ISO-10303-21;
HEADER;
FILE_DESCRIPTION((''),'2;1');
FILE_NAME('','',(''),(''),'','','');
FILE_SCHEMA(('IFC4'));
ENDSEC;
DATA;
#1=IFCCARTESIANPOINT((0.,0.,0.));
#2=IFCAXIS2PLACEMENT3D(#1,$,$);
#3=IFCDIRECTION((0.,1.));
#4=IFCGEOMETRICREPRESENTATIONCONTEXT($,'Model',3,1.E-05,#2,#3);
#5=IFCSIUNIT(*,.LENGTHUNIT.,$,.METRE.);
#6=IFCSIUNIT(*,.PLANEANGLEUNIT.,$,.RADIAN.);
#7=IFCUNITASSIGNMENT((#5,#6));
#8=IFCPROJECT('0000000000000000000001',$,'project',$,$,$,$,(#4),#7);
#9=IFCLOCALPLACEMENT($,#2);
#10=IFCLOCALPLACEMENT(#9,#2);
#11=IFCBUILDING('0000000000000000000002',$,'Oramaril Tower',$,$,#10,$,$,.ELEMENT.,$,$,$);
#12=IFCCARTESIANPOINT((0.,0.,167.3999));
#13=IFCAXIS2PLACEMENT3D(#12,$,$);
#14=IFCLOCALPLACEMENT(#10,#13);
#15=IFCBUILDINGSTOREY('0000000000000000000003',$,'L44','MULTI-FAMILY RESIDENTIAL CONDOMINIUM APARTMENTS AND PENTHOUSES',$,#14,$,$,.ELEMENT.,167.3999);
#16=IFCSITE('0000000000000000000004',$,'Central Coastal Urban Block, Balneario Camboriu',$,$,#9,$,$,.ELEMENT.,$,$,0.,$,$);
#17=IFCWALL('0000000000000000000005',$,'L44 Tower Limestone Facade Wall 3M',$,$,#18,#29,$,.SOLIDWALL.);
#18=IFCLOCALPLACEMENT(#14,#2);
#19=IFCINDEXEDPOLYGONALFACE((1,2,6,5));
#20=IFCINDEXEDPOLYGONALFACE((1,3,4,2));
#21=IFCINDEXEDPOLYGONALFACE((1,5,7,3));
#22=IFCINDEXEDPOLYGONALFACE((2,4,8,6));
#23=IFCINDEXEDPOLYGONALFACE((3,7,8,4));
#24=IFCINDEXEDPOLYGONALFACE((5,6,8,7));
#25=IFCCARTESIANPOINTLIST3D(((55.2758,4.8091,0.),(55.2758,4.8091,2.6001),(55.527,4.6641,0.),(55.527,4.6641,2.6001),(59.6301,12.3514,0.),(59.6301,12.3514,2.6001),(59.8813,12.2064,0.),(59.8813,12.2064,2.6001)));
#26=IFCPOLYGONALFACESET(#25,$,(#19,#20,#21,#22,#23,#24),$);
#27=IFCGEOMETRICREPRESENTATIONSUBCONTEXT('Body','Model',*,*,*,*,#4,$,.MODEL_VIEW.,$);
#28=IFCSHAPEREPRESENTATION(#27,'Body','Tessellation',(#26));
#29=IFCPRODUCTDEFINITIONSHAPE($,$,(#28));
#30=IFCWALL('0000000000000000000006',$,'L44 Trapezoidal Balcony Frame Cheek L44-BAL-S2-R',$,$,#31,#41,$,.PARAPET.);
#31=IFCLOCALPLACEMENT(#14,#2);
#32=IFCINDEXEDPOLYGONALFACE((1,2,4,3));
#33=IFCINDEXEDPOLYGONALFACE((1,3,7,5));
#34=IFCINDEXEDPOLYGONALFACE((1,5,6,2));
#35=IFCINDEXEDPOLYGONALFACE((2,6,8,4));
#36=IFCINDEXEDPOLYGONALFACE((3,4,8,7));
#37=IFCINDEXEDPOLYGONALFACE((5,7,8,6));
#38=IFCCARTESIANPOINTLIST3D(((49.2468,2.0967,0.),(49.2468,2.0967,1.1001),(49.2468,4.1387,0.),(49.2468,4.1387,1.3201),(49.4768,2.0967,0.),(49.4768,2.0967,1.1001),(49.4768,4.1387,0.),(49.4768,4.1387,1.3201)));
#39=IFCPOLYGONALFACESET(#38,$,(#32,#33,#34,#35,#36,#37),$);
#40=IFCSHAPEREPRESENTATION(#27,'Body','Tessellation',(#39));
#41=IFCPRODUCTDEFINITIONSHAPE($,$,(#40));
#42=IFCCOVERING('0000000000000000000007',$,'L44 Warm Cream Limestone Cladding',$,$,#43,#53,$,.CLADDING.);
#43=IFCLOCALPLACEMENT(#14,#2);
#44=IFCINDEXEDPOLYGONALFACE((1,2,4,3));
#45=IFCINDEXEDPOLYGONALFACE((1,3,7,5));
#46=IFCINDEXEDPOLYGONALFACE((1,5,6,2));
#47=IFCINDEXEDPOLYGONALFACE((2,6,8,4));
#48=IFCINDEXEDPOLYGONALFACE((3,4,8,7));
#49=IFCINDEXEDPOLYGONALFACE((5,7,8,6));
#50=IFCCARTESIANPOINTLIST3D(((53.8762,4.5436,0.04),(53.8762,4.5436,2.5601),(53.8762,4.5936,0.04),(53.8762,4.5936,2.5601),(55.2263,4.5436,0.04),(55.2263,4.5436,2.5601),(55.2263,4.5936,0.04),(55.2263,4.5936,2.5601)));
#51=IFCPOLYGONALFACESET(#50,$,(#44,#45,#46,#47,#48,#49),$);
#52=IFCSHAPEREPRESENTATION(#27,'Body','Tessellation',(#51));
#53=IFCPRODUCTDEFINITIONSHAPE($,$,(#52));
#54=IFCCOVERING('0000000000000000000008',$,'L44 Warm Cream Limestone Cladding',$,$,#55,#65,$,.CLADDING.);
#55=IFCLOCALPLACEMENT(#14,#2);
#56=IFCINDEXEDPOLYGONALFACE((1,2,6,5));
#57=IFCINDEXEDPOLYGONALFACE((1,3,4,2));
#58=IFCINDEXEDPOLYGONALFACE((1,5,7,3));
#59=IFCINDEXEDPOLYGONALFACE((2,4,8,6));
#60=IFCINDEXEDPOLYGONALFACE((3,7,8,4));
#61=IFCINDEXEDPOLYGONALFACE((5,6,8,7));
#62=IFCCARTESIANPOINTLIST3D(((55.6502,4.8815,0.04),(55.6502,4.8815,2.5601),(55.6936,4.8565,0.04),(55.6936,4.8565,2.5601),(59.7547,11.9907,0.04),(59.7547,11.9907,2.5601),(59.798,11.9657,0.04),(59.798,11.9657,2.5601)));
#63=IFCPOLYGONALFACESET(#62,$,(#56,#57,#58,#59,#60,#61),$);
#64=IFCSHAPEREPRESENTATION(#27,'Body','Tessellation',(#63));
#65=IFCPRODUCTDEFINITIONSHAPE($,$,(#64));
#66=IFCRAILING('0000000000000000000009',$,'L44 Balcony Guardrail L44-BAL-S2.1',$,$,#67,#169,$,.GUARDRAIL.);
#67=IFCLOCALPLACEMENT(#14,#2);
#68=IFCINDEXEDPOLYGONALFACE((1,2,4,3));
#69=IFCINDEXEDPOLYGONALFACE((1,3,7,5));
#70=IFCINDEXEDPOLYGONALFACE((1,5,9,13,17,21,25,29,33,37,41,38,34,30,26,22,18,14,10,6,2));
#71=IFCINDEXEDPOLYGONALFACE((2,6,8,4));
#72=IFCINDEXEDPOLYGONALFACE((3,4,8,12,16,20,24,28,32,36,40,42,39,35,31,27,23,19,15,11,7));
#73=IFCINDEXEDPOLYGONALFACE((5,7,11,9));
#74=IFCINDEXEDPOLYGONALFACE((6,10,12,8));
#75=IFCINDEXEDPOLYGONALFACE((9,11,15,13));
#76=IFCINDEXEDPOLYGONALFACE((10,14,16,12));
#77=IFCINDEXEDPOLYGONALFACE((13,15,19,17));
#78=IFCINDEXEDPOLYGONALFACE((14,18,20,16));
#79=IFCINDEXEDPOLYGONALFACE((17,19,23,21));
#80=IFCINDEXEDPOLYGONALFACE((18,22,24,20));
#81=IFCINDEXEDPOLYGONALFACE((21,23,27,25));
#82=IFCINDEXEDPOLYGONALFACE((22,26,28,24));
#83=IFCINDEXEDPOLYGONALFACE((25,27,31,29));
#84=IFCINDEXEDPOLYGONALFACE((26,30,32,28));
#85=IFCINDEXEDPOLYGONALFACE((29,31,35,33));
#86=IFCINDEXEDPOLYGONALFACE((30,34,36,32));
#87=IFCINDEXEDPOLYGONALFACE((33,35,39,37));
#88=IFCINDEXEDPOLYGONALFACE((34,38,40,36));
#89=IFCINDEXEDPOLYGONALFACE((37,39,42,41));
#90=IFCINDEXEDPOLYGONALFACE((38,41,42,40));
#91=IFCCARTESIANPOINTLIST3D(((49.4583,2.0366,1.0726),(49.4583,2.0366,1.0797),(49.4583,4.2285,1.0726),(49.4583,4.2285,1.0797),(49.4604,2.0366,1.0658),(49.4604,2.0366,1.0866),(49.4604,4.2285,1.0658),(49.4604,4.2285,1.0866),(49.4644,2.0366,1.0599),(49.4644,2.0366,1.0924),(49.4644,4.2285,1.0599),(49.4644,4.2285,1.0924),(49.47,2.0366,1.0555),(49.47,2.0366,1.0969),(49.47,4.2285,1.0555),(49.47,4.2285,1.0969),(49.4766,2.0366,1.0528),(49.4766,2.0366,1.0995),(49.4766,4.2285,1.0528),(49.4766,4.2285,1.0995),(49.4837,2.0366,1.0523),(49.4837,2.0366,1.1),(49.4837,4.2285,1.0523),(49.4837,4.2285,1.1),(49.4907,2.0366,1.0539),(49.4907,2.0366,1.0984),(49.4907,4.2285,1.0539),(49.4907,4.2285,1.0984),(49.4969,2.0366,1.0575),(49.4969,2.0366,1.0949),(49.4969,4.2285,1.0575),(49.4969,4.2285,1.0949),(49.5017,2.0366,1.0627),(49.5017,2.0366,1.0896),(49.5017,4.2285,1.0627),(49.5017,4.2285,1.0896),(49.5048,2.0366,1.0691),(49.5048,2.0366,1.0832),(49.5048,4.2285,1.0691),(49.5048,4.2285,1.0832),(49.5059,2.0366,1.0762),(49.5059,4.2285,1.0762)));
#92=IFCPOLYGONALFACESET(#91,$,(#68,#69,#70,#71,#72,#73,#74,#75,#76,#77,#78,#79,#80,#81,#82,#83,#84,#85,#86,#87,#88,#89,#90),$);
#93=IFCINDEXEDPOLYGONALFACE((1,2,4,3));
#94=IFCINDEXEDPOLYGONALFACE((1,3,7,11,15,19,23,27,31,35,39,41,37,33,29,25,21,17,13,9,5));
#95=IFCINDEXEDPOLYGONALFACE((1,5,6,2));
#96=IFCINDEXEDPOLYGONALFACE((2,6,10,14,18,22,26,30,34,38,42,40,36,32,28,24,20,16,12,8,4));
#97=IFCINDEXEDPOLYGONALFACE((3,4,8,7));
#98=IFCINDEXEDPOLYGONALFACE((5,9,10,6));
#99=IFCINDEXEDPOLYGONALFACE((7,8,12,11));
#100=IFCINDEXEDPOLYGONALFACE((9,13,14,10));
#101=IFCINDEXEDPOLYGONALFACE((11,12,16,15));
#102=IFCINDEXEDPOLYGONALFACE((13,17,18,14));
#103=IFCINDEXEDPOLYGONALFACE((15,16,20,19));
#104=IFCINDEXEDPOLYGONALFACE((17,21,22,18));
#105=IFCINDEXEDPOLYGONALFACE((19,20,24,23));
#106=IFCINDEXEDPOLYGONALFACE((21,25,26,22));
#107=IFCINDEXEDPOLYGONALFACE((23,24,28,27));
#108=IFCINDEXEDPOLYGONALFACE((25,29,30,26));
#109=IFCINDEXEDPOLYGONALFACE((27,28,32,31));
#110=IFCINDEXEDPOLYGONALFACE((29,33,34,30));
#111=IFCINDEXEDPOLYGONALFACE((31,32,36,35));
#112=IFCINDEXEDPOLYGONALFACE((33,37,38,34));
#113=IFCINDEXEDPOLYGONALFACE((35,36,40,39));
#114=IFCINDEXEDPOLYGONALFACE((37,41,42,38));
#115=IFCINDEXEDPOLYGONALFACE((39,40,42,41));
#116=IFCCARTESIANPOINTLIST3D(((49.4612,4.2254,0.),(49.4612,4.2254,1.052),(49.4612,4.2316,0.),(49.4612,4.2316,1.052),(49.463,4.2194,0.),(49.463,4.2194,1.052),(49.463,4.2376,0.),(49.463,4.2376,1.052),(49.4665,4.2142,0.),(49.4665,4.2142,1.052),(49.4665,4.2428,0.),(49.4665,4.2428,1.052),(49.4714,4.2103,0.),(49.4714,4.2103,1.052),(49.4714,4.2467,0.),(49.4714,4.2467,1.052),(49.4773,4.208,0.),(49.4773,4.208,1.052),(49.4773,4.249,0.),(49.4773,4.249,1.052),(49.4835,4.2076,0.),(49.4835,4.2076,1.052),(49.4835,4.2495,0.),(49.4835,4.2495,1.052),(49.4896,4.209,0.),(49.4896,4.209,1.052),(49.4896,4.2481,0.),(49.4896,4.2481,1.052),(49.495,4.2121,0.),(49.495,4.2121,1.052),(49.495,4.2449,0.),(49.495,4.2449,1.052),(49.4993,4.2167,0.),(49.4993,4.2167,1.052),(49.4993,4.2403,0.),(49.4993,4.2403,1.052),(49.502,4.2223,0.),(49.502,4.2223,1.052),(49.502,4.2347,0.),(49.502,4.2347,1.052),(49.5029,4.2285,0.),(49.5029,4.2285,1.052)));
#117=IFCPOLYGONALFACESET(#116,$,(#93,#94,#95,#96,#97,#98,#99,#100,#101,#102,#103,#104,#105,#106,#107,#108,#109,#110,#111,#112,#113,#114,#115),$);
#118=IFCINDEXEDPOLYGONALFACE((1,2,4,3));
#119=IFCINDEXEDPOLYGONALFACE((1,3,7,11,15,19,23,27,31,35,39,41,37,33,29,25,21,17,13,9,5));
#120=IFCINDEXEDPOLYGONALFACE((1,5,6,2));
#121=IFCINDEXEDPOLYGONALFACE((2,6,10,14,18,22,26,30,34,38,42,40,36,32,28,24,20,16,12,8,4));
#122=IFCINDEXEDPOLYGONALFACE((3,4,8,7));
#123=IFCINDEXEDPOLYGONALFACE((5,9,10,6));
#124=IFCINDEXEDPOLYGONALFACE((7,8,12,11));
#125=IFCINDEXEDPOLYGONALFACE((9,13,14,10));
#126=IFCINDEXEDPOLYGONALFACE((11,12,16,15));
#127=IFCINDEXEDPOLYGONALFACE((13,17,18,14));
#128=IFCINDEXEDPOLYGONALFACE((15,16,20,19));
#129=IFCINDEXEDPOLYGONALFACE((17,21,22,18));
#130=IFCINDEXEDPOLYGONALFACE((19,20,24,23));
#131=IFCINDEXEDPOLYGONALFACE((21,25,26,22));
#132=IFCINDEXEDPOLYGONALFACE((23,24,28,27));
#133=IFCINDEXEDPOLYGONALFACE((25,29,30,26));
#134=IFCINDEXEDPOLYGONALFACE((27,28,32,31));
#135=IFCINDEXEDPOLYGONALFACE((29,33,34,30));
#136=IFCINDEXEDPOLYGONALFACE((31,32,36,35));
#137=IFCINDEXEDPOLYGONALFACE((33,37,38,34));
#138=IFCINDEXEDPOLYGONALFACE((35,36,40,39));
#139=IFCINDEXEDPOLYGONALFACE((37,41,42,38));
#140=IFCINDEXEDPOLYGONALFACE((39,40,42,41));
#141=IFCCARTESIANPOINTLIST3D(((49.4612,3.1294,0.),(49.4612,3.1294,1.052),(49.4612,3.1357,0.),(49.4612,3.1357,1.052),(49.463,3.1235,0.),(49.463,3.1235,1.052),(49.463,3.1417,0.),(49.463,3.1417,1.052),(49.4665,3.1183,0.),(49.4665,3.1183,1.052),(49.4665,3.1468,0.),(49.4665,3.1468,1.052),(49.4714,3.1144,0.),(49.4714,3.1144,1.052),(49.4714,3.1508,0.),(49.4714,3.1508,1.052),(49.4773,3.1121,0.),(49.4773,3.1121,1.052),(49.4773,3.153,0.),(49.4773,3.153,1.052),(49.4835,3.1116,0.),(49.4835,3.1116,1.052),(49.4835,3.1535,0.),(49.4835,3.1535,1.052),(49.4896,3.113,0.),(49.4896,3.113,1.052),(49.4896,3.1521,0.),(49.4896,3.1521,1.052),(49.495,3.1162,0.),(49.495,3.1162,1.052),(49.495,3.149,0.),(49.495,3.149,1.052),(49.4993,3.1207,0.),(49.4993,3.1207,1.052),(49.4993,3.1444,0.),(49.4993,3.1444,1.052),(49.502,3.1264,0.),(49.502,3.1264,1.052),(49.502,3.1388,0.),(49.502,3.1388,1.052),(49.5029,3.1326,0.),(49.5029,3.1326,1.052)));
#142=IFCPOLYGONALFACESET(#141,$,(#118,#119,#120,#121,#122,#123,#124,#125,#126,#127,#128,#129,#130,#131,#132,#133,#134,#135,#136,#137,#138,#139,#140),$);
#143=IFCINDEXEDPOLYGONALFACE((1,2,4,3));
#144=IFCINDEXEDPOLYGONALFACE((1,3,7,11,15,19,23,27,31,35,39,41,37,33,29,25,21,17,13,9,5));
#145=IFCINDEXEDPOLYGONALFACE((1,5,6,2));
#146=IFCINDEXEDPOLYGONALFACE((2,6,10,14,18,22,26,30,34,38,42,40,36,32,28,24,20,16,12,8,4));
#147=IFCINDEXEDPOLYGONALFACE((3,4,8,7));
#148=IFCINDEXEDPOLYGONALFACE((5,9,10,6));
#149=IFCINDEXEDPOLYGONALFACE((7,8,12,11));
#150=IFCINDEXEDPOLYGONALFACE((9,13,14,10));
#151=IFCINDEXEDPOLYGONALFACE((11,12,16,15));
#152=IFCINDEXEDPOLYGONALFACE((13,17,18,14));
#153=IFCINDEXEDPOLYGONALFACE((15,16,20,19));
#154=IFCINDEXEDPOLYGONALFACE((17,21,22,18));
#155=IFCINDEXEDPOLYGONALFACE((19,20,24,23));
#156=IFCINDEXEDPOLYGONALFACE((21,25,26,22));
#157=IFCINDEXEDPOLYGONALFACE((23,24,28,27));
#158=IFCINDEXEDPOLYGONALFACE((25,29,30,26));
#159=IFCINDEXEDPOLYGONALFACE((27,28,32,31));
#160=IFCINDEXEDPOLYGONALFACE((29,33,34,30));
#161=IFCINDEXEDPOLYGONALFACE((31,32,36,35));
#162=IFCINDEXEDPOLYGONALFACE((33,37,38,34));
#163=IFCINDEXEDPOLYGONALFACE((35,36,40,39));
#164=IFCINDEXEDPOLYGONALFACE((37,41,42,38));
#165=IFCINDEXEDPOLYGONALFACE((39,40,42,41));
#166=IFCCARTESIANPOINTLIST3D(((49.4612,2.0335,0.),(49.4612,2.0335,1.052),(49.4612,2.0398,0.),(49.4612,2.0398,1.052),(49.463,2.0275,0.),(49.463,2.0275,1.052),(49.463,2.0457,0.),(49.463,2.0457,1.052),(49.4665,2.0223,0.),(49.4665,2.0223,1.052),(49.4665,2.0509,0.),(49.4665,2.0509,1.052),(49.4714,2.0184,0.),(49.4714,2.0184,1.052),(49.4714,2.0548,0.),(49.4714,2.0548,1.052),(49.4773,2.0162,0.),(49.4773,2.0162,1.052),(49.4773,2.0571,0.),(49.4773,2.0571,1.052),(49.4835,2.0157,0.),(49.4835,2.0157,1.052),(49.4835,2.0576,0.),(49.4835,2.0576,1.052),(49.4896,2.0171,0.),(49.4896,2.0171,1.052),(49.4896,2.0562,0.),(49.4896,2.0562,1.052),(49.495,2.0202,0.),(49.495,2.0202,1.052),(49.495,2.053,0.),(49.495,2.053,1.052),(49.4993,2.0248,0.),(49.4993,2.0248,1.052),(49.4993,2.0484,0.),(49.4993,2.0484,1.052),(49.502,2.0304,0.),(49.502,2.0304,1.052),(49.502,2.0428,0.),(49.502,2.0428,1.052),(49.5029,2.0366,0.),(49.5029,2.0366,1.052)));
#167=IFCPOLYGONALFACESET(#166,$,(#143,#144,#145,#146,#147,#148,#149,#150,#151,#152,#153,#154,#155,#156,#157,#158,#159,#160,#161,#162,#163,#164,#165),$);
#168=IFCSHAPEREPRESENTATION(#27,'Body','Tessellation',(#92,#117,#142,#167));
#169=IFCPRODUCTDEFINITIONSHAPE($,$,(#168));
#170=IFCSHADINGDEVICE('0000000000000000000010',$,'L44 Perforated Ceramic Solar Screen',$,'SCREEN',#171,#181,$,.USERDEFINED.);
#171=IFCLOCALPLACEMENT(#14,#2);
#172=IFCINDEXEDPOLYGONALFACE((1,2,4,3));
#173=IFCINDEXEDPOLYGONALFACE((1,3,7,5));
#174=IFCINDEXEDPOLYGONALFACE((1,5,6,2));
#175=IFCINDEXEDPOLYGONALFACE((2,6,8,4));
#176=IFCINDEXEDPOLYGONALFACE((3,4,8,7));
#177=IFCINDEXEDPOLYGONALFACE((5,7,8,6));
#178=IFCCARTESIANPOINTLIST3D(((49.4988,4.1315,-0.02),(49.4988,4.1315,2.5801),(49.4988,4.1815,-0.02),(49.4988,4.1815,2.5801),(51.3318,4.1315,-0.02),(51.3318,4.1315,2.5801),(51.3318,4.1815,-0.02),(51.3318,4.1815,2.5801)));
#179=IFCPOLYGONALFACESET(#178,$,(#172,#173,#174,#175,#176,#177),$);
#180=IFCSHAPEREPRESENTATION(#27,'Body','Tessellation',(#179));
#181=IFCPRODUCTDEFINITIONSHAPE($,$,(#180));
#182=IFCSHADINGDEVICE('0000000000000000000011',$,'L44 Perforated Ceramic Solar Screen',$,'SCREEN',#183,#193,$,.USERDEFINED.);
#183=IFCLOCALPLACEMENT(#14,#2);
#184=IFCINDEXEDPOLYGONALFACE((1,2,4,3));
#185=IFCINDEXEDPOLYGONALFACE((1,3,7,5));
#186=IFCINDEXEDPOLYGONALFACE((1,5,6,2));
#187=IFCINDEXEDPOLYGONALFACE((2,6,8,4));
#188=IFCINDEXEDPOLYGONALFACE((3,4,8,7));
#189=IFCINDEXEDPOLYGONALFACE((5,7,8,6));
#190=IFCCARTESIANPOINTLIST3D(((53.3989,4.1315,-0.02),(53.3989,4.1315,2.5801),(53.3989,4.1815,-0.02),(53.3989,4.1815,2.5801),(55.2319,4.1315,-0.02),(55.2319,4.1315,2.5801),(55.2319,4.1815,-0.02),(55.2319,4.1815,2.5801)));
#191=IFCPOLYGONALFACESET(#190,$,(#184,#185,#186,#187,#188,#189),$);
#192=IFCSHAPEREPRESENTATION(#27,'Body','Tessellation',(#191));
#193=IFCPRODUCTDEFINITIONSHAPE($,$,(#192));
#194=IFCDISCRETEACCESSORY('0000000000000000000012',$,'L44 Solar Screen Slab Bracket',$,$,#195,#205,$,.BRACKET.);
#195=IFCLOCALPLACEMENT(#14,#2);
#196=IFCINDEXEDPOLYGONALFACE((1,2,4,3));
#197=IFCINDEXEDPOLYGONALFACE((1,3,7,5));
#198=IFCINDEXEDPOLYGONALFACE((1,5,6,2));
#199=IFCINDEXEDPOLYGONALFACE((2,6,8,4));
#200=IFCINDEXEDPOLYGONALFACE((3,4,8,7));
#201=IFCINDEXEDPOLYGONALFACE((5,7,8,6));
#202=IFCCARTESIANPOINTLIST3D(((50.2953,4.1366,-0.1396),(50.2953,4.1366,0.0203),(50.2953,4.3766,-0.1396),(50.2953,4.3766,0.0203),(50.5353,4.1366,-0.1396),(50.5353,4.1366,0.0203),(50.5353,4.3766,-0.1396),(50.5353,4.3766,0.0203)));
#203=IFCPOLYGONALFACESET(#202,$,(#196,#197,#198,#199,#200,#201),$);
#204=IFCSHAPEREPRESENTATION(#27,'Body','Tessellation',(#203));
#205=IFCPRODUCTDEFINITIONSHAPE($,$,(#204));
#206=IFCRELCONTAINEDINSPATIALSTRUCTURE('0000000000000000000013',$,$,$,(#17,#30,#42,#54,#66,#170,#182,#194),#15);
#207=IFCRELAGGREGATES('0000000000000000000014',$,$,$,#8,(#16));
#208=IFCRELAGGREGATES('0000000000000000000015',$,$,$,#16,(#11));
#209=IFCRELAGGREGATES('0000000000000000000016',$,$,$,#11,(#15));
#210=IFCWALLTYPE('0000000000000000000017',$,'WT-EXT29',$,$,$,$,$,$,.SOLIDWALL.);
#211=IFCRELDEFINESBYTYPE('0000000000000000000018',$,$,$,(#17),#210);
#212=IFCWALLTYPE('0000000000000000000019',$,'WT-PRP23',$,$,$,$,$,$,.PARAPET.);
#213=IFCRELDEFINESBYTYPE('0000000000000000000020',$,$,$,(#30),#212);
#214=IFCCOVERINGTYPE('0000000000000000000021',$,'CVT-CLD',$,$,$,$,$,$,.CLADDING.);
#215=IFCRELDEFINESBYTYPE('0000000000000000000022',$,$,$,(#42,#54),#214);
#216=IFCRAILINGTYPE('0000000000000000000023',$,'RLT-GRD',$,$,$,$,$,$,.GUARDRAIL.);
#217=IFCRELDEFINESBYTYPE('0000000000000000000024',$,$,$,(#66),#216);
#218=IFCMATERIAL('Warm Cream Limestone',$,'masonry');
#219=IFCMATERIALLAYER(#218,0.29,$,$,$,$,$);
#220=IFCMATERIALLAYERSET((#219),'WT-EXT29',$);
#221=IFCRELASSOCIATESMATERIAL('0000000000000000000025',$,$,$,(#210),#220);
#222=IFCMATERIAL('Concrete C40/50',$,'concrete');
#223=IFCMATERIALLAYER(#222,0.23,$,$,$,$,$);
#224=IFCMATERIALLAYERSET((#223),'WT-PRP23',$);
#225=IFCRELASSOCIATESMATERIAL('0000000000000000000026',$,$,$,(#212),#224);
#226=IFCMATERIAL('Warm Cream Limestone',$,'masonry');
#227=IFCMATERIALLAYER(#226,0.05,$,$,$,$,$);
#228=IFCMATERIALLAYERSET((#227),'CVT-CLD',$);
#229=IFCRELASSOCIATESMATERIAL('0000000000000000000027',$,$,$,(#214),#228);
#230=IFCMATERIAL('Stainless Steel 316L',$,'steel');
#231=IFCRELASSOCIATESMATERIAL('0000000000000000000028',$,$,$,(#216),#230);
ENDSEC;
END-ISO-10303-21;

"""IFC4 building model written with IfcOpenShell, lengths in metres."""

from ifc_helpers import new_model, si_unit, direction, frame, frame_2d, origin, origin_2d, place, context, subcontext, project, spatial, polyline, rectangle, circle, outline, extrude, material, layer, layer_set, type_object, element, save


model = new_model("IFC4")

# Units and contexts
model_context = context("Model", 3, precision=1e-05, world=origin(), true_north=direction((0.0, 1.0)))
body_context = subcontext(model_context, "Body", "Model", "MODEL_VIEW")
ifc_project = project(units=[si_unit("LENGTHUNIT", "METRE"), si_unit("PLANEANGLEUNIT", "RADIAN")], contexts=[model_context])

# Site, building, storey
site_placement = place(None, origin())
site = spatial("IfcSite", under=ifc_project, at=site_placement, Name="Central Coastal Urban Block, Balneario Camboriu", CompositionType="ELEMENT", RefElevation=0.0)
building_placement = place(site_placement, origin())
building = spatial("IfcBuilding", under=site, at=building_placement, Name="Oramaril Tower", CompositionType="ELEMENT")
storey_placement = place(building_placement, frame((0.0, 0.0, 167.3999)))
storey = spatial("IfcBuildingStorey", under=building, at=storey_placement, Name="L44", Description="MULTI-FAMILY RESIDENTIAL CONDOMINIUM APARTMENTS AND PENTHOUSES", CompositionType="ELEMENT", Elevation=167.3999)

# Walls
ifc_material_1 = material(Name="Warm Cream Limestone", Category="masonry")
ifc_layer_1 = layer(ifc_material_1, 0.29)
ifc_layer_set_1 = layer_set([ifc_layer_1], Name="WT-EXT29")
wall_type_1 = type_object("IfcWallType", Name="WT-EXT29", PredefinedType="SOLIDWALL", material=ifc_layer_set_1)
wall_1_placement = place(storey_placement, frame((55.4014, 4.7366, 0.0), z_axis=(0.0, 0.0, 1.0), x_axis=(0.499977, 0.866039, 0.0)))
element("IfcWall", 1, at=wall_1_placement, inside=storey, type_object=wall_type_1, Name="L44 Tower Limestone Facade Wall 3M", PredefinedType="SOLIDWALL", context=body_context, shape_type="SweptSolid", body=[
    extrude(rectangle(XDim=8.709, YDim=0.29, at=frame_2d((4.3545, 0.0))), origin(), (0.0, 0.0, 1.0), 2.6001),
])
ifc_material_2 = material(Name="Concrete C40/50", Category="concrete")
ifc_layer_2 = layer(ifc_material_2, 0.23)
ifc_layer_set_2 = layer_set([ifc_layer_2], Name="WT-PRP23")
wall_type_2 = type_object("IfcWallType", Name="WT-PRP23", PredefinedType="PARAPET", material=ifc_layer_set_2)
wall_2_placement = place(storey_placement, frame((49.3618, 4.1387, 0.0), z_axis=(0.0, 0.0, 1.0), x_axis=(0.0, -1.0, 0.0)))
element("IfcWall", 2, at=wall_2_placement, inside=storey, type_object=wall_type_2, Name="L44 Trapezoidal Balcony Frame Cheek L44-BAL-S2-R", PredefinedType="PARAPET", context=body_context, shape_type="SweptSolid", body=[
    extrude(outline(polyline([(0.0, 0.0), (2.042, 0.0), (2.042, 1.1001), (0.0, 1.3201), (0.0, 0.0)])), frame((0.0, 0.115, 0.0), z_axis=(0.0, -1.0, 0.0), x_axis=(1.0, 0.0, 0.0)), (0.0, 0.0, 1.0), 0.23),
])

# Coverings
ifc_material_3 = material(Name="Warm Cream Limestone", Category="masonry")
ifc_layer_3 = layer(ifc_material_3, 0.05)
ifc_layer_set_3 = layer_set([ifc_layer_3], Name="CVT-CLD")
covering_type = type_object("IfcCoveringType", Name="CVT-CLD", PredefinedType="CLADDING", material=ifc_layer_set_3)
covering_1_placement = place(storey_placement, frame((54.5513, 4.5686, 0.04), z_axis=(0.0, 0.0, 1.0), x_axis=(1.0, 0.0, 0.0)))
element("IfcCovering", 3, at=covering_1_placement, inside=storey, type_object=covering_type, Name="L44 Warm Cream Limestone Cladding", PredefinedType="CLADDING", context=body_context, shape_type="SweptSolid", body=[
    extrude(rectangle(XDim=1.3501, YDim=0.05, at=origin_2d()), origin(), (0.0, 0.0, 1.0), 2.52),
])
covering_2_placement = place(storey_placement, frame((57.7241, 8.4236, 0.04), z_axis=(0.0, 0.0, 1.0), x_axis=(0.499997, 0.866027, 0.0)))
element("IfcCovering", 4, at=covering_2_placement, inside=storey, type_object=covering_type, Name="L44 Warm Cream Limestone Cladding", PredefinedType="CLADDING", context=body_context, shape_type="SweptSolid", body=[
    extrude(rectangle(XDim=8.209, YDim=0.05, at=origin_2d()), origin(), (0.0, 0.0, 1.0), 2.52),
])

# Railing
ifc_material_4 = material(Name="Stainless Steel 316L", Category="steel")
railing_type = type_object("IfcRailingType", Name="RLT-GRD", PredefinedType="GUARDRAIL", material=ifc_material_4)
railing_1_placement = place(storey_placement, frame((49.4819, 4.2285, 0.0)))
element("IfcRailing", 5, at=railing_1_placement, inside=storey, type_object=railing_type, Name="L44 Balcony Guardrail L44-BAL-S2.1", PredefinedType="GUARDRAIL", context=body_context, shape_type="SweptSolid", body=[
    extrude(circle(Radius=0.0239, at=origin_2d()), frame((0.0, 0.0, 1.0762), z_axis=(0.0, -1.0, 0.0), x_axis=(1.0, 0.0, 0.0)), (0.0, 0.0, 1.0), 2.1919),
    extrude(circle(Radius=0.021, at=origin_2d()), origin(), (0.0, 0.0, 1.0), 1.052),
    extrude(circle(Radius=0.021, at=origin_2d()), frame((0.0, -1.0959, 0.0)), (0.0, 0.0, 1.0), 1.052),
    extrude(circle(Radius=0.021, at=origin_2d()), frame((0.0, -2.1919, 0.0)), (0.0, 0.0, 1.0), 1.052),
])

# Shading devices
for number, where, z_axis, x_axis, name in (
    (6, (50.4153, 4.1565, -0.02), (0.0, 0.0, 1.0), (1.0, 0.0, 0.0), "L44 Perforated Ceramic Solar Screen"),
    (7, (54.3154, 4.1565, -0.02), (0.0, 0.0, 1.0), (1.0, 0.0, 0.0), "L44 Perforated Ceramic Solar Screen"),
):
    element("IfcShadingDevice", number, at=place(storey_placement, frame(where, z_axis=z_axis, x_axis=x_axis)), inside=storey, Name=name, ObjectType="SCREEN", PredefinedType="USERDEFINED", context=body_context, shape_type="SweptSolid", body=[
        extrude(rectangle(XDim=1.833, YDim=0.05, at=origin_2d()), origin(), (0.0, 0.0, 1.0), 2.6001),
    ])

# Discrete accessory
for number, where, z_axis, x_axis, name in (
    (8, (50.4153, 4.2566, -0.1396), (0.0, 0.0, 1.0), (1.0, 0.0, 0.0), "L44 Solar Screen Slab Bracket"),
):
    element("IfcDiscreteAccessory", number, at=place(storey_placement, frame(where, z_axis=z_axis, x_axis=x_axis)), inside=storey, Name=name, PredefinedType="BRACKET", context=body_context, shape_type="SweptSolid", body=[
        extrude(rectangle(XDim=0.24, YDim=0.24, at=origin_2d()), origin(), (0.0, 0.0, 1.0), 0.1599),
    ])

save(model, "model.ifc")
